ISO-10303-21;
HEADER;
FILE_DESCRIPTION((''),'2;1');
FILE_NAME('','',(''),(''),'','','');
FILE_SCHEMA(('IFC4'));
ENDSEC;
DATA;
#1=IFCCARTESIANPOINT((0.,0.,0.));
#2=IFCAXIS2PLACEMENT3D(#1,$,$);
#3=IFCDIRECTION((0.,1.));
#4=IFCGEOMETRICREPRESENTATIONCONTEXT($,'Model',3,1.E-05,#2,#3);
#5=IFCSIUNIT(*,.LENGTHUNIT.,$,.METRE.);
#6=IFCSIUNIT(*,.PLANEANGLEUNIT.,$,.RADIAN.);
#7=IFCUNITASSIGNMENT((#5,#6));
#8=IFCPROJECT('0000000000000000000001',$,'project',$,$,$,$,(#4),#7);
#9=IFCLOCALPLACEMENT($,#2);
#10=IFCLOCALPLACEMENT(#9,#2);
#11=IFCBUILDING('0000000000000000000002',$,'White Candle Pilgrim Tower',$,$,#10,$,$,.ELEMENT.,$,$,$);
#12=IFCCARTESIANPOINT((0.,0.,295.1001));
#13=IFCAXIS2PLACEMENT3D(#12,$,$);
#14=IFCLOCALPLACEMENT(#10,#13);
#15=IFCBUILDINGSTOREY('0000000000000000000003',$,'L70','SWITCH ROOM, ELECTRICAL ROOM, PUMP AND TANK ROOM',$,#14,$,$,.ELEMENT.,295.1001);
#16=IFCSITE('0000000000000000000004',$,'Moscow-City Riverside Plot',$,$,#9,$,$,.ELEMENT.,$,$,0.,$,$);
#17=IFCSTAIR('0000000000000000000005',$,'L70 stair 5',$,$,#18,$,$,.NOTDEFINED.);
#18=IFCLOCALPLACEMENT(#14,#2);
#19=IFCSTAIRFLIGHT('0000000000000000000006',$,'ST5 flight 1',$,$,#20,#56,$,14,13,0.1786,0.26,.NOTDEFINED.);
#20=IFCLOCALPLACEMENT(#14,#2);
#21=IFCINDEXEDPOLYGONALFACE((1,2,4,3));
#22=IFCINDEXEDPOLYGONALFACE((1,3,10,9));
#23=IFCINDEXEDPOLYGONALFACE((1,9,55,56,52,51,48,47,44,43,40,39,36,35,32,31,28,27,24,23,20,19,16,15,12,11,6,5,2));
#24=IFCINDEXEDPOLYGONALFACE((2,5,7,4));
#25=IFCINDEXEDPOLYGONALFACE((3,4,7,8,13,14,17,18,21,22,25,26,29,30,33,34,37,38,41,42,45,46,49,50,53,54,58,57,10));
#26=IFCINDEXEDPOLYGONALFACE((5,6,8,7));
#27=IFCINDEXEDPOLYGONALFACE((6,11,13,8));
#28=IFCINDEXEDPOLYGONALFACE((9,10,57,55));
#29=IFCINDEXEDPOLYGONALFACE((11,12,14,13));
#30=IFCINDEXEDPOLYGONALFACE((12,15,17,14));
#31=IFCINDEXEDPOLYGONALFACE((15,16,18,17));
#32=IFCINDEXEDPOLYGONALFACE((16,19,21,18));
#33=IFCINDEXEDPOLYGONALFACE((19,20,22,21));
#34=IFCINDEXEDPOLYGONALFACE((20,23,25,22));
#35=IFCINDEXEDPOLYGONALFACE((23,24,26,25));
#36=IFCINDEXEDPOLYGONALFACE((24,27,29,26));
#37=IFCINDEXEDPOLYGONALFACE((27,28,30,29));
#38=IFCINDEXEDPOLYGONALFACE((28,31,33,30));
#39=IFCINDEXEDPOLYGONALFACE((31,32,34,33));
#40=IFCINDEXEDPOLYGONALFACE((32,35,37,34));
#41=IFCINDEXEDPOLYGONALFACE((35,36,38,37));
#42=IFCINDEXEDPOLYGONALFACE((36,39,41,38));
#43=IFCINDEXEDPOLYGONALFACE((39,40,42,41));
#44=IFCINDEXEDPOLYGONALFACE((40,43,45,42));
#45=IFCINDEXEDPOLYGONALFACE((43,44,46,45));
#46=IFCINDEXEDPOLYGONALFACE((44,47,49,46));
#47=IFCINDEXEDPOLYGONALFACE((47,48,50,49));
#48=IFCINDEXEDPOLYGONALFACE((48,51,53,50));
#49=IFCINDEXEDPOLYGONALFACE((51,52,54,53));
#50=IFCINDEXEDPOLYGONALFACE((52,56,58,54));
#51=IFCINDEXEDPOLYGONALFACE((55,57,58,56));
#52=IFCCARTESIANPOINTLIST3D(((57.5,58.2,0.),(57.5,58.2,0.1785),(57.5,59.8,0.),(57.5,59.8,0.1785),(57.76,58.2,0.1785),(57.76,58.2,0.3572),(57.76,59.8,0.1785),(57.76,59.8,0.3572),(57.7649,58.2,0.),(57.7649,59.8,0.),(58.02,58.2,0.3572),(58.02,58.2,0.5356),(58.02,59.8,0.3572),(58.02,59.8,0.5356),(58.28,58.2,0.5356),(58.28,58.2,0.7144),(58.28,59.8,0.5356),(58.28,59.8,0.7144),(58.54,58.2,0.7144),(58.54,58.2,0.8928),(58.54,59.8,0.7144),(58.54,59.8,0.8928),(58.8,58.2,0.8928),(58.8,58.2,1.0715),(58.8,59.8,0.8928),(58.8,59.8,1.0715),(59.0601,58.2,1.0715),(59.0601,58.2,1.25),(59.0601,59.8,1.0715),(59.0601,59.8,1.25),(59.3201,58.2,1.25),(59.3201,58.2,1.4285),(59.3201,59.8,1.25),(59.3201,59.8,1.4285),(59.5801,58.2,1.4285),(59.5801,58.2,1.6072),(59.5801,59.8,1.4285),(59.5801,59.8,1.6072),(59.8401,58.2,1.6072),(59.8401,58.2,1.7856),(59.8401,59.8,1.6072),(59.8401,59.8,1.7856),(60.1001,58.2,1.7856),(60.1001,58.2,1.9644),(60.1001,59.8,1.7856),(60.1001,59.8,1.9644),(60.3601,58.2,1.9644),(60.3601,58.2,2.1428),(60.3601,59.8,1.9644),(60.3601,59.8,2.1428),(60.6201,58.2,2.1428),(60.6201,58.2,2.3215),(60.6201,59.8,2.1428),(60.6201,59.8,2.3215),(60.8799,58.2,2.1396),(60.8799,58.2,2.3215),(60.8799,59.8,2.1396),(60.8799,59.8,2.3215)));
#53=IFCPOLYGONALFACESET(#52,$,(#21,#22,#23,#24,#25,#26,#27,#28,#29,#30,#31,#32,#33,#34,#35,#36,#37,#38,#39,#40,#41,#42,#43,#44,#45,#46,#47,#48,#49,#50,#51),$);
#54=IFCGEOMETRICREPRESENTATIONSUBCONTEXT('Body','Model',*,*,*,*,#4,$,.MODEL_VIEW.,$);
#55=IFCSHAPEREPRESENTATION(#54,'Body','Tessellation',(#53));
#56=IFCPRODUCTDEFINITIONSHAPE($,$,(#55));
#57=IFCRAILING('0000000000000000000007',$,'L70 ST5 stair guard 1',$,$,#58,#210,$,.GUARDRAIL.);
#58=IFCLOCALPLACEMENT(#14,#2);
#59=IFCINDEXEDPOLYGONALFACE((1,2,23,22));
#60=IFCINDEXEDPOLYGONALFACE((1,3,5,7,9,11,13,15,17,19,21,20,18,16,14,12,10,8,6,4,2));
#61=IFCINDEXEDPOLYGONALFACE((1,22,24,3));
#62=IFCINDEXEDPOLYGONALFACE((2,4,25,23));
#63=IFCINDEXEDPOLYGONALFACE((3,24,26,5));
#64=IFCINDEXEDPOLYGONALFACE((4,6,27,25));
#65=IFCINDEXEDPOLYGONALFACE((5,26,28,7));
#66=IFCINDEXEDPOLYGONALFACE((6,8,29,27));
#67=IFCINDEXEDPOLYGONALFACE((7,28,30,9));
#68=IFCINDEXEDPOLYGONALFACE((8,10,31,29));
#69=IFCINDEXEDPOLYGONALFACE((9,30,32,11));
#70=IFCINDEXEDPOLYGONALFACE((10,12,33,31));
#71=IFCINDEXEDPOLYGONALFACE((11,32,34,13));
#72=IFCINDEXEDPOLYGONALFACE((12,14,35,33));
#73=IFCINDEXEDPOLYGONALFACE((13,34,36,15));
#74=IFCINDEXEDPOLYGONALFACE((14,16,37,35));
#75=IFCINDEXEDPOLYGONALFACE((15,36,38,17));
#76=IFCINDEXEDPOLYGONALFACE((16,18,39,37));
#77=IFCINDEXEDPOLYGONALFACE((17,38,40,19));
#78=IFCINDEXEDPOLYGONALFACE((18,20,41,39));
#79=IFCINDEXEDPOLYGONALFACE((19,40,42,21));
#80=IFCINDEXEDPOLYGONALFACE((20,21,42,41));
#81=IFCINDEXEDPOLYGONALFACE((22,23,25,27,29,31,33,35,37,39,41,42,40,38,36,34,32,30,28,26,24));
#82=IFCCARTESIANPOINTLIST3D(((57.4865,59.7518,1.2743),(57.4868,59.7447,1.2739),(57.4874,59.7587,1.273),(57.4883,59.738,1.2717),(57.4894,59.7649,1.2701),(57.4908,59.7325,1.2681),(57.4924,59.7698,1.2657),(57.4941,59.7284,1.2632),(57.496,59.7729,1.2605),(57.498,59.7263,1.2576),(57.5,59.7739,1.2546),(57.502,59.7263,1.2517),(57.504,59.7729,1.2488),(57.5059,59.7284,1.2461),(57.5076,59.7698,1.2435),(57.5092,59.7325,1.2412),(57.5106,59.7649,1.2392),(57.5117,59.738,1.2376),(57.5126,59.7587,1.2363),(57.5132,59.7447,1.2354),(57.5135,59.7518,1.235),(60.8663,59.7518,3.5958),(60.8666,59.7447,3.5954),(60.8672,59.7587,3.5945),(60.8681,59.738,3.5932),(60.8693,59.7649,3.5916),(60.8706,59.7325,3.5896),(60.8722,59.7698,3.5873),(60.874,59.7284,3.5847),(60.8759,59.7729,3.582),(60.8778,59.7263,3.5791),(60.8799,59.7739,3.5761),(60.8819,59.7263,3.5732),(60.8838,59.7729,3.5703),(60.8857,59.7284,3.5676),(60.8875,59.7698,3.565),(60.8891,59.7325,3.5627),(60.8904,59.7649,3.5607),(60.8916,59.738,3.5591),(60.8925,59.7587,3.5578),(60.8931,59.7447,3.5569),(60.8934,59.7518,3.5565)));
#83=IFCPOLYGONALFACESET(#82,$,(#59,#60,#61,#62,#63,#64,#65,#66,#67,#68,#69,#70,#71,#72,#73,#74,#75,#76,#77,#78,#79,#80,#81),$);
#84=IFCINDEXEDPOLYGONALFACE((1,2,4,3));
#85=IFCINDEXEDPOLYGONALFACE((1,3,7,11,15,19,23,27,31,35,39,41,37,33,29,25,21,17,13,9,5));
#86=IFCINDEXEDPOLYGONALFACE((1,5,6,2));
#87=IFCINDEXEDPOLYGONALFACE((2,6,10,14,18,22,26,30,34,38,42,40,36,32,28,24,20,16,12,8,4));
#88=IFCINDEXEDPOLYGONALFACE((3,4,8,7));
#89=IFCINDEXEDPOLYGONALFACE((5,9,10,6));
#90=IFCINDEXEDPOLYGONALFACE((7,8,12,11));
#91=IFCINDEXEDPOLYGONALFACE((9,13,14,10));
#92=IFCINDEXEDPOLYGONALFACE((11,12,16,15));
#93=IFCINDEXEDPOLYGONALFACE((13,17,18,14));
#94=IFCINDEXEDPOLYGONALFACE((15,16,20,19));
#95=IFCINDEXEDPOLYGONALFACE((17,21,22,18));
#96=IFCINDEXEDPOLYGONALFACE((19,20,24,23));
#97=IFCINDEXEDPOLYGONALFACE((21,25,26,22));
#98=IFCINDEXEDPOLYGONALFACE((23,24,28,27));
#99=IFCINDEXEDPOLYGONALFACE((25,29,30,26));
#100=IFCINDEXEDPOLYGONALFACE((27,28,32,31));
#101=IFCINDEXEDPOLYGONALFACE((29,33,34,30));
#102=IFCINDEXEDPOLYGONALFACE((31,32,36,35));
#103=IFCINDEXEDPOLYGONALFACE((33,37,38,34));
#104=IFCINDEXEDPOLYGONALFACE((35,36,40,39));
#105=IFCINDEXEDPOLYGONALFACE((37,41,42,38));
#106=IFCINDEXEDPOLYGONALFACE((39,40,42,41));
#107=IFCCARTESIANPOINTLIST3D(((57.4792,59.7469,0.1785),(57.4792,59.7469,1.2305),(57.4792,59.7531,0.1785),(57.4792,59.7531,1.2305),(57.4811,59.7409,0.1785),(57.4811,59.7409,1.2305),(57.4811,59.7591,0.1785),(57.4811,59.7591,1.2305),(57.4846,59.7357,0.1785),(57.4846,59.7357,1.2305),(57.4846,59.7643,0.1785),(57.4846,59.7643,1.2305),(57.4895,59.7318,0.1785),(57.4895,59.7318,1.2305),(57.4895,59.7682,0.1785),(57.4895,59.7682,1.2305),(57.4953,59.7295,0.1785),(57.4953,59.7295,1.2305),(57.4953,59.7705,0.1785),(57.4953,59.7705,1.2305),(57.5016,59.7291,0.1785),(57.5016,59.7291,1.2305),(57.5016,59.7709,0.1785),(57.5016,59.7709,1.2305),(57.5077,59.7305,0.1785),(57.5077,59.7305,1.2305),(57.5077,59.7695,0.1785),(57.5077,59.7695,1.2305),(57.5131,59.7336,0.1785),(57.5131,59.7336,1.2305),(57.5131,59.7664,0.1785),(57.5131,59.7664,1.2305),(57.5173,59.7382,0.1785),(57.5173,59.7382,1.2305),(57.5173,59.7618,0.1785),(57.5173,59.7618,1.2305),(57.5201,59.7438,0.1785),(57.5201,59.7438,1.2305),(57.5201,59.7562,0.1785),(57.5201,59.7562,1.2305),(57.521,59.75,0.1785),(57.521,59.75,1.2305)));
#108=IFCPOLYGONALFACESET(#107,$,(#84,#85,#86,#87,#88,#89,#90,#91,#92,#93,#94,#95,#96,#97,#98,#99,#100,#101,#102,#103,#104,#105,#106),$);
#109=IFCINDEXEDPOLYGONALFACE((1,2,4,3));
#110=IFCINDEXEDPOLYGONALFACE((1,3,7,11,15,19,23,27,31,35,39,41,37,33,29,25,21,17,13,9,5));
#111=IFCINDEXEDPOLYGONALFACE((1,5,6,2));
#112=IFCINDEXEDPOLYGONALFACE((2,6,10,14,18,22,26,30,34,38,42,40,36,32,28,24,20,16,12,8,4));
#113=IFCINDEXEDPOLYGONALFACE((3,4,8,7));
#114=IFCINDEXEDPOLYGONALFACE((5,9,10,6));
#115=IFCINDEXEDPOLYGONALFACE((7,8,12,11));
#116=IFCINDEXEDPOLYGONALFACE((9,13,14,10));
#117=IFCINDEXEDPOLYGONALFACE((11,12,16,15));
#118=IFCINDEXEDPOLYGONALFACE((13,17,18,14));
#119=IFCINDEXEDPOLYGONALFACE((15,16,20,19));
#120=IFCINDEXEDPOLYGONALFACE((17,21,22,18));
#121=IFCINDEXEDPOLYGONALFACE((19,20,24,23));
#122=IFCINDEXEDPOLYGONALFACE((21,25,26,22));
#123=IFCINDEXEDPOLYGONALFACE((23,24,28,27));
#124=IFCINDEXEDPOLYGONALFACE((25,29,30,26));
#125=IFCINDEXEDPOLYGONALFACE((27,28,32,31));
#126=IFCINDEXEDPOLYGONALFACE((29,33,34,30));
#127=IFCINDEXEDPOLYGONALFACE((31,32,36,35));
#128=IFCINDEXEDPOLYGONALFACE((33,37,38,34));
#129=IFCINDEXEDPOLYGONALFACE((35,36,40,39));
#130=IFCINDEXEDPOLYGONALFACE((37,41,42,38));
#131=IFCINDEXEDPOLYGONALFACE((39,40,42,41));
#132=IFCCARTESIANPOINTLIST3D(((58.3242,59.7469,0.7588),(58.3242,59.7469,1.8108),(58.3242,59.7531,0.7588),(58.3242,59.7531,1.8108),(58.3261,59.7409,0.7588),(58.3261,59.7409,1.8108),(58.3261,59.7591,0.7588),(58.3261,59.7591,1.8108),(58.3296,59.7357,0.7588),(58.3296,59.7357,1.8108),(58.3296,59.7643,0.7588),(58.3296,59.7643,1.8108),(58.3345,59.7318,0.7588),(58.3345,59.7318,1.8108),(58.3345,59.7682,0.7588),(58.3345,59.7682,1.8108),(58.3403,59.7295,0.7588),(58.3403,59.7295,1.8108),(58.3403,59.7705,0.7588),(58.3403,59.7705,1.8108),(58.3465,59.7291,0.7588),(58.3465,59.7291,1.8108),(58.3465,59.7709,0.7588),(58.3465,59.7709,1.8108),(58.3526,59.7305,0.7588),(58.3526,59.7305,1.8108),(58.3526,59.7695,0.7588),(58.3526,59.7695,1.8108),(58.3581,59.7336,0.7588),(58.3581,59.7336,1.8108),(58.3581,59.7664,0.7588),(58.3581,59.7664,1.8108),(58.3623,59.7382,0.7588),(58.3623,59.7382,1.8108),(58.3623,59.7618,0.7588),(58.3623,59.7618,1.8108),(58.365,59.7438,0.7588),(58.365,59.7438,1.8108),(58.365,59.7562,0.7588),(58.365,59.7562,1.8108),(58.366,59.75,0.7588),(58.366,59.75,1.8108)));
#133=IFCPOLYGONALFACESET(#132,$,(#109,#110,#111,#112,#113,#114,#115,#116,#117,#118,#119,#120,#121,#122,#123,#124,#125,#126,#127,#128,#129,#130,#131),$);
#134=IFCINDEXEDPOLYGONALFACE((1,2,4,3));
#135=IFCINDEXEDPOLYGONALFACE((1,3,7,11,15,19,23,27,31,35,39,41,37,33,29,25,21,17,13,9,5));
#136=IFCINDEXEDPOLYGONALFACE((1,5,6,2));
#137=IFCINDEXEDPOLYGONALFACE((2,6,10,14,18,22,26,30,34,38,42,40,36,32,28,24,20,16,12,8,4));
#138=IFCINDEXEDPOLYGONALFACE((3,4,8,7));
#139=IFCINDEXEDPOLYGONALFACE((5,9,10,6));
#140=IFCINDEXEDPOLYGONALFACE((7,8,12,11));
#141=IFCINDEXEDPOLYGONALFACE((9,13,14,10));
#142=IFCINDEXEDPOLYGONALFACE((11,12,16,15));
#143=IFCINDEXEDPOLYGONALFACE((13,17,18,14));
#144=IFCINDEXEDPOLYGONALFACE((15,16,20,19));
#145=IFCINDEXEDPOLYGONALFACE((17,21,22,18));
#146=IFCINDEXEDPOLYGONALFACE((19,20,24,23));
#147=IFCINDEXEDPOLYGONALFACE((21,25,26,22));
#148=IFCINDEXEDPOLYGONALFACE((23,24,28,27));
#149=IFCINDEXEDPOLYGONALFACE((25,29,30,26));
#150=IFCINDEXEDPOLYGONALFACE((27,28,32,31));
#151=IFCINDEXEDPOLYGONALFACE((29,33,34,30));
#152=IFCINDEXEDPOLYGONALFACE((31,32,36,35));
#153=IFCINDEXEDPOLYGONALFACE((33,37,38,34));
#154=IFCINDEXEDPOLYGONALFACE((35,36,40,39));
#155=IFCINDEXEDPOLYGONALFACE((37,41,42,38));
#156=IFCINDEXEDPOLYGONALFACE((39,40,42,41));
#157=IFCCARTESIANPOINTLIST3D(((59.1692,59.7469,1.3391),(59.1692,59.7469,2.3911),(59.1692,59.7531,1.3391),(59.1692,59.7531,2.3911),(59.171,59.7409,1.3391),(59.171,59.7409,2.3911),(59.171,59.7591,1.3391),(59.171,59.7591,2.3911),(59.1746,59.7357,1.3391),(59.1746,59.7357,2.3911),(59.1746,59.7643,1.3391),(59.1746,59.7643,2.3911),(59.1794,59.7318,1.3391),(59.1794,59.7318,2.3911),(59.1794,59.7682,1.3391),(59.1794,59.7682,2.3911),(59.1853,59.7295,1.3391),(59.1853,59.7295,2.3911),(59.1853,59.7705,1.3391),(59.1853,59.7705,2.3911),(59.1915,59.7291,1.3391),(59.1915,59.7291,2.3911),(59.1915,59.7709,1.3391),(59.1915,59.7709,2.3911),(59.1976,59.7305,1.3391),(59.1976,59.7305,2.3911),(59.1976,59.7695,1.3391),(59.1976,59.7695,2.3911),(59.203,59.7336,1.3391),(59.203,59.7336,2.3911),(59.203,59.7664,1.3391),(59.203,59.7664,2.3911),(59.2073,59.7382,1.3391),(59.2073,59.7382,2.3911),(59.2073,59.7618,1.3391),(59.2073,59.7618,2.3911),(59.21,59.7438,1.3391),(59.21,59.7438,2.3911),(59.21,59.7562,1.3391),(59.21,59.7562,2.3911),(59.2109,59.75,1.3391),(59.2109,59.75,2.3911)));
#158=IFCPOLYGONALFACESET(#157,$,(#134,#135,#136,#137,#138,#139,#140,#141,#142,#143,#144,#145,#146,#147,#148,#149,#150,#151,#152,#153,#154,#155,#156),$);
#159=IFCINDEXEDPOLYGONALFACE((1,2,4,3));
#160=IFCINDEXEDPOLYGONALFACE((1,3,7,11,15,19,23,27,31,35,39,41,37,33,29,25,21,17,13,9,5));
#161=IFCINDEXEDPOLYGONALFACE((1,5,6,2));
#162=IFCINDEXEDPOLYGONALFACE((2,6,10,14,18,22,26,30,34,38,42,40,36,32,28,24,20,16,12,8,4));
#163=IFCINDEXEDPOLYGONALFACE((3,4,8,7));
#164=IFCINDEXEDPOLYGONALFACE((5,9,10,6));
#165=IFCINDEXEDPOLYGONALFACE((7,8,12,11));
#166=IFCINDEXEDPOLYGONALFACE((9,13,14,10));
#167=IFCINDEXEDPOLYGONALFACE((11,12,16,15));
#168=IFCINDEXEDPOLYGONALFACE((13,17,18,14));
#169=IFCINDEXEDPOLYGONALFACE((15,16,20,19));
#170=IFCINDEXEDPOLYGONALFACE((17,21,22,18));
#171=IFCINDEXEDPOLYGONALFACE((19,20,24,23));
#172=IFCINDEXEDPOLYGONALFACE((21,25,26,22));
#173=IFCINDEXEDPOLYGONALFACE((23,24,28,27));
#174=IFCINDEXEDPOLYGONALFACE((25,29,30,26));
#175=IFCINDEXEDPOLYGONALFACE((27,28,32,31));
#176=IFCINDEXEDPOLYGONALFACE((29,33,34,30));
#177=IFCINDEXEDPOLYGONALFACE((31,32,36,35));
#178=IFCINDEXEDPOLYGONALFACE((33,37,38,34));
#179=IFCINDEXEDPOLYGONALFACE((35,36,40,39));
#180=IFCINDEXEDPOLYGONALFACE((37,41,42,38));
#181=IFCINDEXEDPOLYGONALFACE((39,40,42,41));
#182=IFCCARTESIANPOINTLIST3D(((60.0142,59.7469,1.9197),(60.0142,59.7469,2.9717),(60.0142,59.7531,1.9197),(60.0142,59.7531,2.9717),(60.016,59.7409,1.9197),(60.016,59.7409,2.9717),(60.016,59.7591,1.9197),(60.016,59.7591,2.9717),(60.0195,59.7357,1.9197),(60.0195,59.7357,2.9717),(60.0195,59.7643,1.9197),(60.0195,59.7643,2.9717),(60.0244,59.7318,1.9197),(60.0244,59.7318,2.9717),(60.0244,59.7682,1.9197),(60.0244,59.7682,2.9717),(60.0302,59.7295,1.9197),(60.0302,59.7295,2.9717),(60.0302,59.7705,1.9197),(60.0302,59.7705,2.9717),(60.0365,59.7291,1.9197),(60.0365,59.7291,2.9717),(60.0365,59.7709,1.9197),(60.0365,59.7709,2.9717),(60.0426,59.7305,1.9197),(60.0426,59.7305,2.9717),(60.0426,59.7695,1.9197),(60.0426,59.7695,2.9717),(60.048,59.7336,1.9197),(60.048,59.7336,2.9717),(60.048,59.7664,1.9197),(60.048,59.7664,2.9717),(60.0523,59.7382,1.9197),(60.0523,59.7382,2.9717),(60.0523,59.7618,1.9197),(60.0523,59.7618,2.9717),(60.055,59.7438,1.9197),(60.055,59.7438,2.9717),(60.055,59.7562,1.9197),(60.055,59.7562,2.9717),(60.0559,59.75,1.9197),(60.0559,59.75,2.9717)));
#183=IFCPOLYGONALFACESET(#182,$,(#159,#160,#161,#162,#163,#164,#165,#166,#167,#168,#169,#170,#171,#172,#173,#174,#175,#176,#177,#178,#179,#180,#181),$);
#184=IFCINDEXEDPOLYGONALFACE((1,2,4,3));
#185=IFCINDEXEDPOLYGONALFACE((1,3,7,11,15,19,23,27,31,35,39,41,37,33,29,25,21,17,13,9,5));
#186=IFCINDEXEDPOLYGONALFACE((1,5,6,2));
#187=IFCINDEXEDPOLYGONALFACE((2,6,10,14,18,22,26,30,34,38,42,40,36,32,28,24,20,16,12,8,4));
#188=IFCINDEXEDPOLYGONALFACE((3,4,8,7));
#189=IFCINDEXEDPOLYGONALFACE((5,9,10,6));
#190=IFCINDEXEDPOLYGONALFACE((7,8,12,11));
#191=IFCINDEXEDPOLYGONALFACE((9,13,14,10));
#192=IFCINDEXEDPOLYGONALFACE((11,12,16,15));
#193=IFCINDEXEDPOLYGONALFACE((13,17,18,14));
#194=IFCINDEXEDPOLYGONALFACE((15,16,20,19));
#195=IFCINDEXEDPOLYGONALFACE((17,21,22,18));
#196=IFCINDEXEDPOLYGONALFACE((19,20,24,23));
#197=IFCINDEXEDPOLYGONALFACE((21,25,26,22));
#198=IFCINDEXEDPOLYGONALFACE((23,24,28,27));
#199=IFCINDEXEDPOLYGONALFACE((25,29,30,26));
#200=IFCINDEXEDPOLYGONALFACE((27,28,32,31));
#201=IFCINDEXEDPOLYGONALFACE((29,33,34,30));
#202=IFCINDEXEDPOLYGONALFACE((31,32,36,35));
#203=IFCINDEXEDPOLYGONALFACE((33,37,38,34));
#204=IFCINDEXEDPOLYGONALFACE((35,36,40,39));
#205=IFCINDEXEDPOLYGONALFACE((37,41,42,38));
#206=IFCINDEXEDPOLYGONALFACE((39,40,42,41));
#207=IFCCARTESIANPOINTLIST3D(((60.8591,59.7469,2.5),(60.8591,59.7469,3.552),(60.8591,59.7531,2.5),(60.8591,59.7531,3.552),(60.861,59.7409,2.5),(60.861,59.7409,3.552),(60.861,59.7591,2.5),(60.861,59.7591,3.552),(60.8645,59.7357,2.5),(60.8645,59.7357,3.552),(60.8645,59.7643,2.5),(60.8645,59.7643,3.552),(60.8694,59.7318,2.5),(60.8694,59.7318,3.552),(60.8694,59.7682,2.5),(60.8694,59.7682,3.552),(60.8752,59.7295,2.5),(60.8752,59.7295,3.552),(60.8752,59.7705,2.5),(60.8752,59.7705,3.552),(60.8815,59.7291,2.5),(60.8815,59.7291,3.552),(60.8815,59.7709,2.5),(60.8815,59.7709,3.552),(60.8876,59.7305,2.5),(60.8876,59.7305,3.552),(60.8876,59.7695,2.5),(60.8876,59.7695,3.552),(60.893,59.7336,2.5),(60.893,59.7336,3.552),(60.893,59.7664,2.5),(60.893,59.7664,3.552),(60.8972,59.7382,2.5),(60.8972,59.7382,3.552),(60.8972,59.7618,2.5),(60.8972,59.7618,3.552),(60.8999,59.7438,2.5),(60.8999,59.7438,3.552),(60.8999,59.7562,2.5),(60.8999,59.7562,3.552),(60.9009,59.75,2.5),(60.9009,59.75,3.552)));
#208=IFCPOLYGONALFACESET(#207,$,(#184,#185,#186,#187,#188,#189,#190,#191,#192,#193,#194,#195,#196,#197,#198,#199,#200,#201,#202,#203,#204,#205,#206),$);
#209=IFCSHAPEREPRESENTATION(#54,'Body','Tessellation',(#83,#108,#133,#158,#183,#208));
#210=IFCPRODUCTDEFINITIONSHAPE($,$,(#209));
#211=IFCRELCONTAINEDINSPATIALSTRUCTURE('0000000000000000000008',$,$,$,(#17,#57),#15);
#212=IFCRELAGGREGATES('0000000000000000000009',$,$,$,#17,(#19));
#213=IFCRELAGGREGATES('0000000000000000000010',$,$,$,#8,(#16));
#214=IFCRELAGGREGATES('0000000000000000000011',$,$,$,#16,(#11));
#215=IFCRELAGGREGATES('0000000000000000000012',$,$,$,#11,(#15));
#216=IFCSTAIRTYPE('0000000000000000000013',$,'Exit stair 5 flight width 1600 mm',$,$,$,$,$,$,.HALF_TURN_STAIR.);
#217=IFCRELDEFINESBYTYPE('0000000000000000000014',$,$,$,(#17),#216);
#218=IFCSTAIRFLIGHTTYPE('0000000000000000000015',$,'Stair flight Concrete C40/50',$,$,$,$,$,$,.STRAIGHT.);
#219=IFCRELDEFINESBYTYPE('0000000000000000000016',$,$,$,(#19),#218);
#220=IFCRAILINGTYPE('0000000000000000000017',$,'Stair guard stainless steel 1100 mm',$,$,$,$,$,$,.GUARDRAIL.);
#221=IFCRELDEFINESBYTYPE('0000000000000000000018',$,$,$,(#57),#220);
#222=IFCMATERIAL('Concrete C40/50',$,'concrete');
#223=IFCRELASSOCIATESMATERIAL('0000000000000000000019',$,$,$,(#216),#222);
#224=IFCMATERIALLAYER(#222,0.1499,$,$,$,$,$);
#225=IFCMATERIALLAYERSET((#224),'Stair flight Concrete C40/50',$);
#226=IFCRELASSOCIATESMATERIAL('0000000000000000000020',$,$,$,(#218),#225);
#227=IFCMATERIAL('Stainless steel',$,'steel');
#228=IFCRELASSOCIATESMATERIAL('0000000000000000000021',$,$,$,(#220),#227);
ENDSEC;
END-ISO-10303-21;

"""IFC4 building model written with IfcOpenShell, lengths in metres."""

from ifc_helpers import new_model, si_unit, direction, frame, origin, origin_2d, place, context, subcontext, project, spatial, polyline, circle, outline, extrude, material, layer, layer_set, type_object, element, aggregate, save


model = new_model("IFC4")

# Units and contexts
model_context = context("Model", 3, precision=1e-05, world=origin(), true_north=direction((0.0, 1.0)))
body_context = subcontext(model_context, "Body", "Model", "MODEL_VIEW")
ifc_project = project(units=[si_unit("LENGTHUNIT", "METRE"), si_unit("PLANEANGLEUNIT", "RADIAN")], contexts=[model_context])

# Site, building, storey
site_placement = place(None, origin())
site = spatial("IfcSite", under=ifc_project, at=site_placement, Name="Moscow-City Riverside Plot", CompositionType="ELEMENT", RefElevation=0.0)
building_placement = place(site_placement, origin())
building = spatial("IfcBuilding", under=site, at=building_placement, Name="White Candle Pilgrim Tower", CompositionType="ELEMENT")
storey_placement = place(building_placement, frame((0.0, 0.0, 295.1001)))
storey = spatial("IfcBuildingStorey", under=building, at=storey_placement, Name="L70", Description="SWITCH ROOM, ELECTRICAL ROOM, PUMP AND TANK ROOM", CompositionType="ELEMENT", Elevation=295.1001)

# Stair, stair flight
ifc_material_1 = material(Name="Concrete C40/50", Category="concrete")
stair_type = type_object("IfcStairType", Name="Exit stair 5 flight width 1600 mm", PredefinedType="HALF_TURN_STAIR", material=ifc_material_1)
stair_placement = place(storey_placement, origin())
stair = element("IfcStair", 1, at=stair_placement, inside=storey, type_object=stair_type, Name="L70 stair 5", PredefinedType="NOTDEFINED")
ifc_layer_1 = layer(ifc_material_1, 0.1499)
ifc_layer_set_1 = layer_set([ifc_layer_1], Name="Stair flight Concrete C40/50")
stair_flight_type = type_object("IfcStairFlightType", Name="Stair flight Concrete C40/50", PredefinedType="STRAIGHT", material=ifc_layer_set_1)
stair_flight_placement = place(storey_placement, frame((57.5, 59.0, 0.0), z_axis=(0.0, 0.0, 1.0), x_axis=(1.0, 0.0, 0.0)))
stair_flight = element("IfcStairFlight", 2, at=stair_flight_placement, type_object=stair_flight_type, Name="ST5 flight 1", NumberOfRisers=14, NumberOfTreads=13, PredefinedType="NOTDEFINED", RiserHeight=0.1786, TreadLength=0.26, context=body_context, shape_type="SweptSolid", body=[
    extrude(outline(polyline([(0.0, 0.0), (0.0, 0.1785), (0.26, 0.1785), (0.26, 0.3572), (0.52, 0.3572), (0.52, 0.5356), (0.78, 0.5356), (0.78, 0.7144), (1.04, 0.7144), (1.04, 0.8928), (1.3, 0.8928), (1.3, 1.0715), (1.5601, 1.0715), (1.5601, 1.25), (1.8201, 1.25), (1.8201, 1.4285), (2.0801, 1.4285), (2.0801, 1.6072), (2.3401, 1.6072), (2.3401, 1.7856), (2.6001, 1.7856), (2.6001, 1.9644), (2.8601, 1.9644), (2.8601, 2.1428), (3.1201, 2.1428), (3.1201, 2.3215), (3.3799, 2.3215), (3.3799, 2.5), (3.3799, 2.1396), (0.2649, 0.0), (0.0, 0.0)])), frame((0.0, 0.8, 0.0), z_axis=(0.0, -1.0, 0.0), x_axis=(1.0, 0.0, 0.0)), (0.0, 0.0, 1.0), 1.6001),
])
aggregate(stair, [stair_flight])

# Railing
ifc_material_2 = material(Name="Stainless steel", Category="steel")
railing_type_1 = type_object("IfcRailingType", Name="Stair guard stainless steel 1100 mm", PredefinedType="GUARDRAIL", material=ifc_material_2)
railing_1_placement = place(storey_placement, frame((57.5, 59.75, 0.1785)))
element("IfcRailing", 3, at=railing_1_placement, inside=storey, type_object=railing_type_1, Name="L70 ST5 stair guard 1", PredefinedType="GUARDRAIL", context=body_context, shape_type="SweptSolid", body=[
    extrude(circle(Radius=0.0239, at=origin_2d()), frame((0.0, 0.0, 1.0762), z_axis=(0.824285, 0.0, 0.566175), x_axis=(0.0, 1.0, 0.0)), (0.0, 0.0, 1.0), 4.1003),
    extrude(circle(Radius=0.021, at=origin_2d()), origin(), (0.0, 0.0, 1.0), 1.052),
    extrude(circle(Radius=0.021, at=origin_2d()), frame((0.845, 0.0, 0.5803)), (0.0, 0.0, 1.0), 1.052),
    extrude(circle(Radius=0.021, at=origin_2d()), frame((1.6899, 0.0, 1.1606)), (0.0, 0.0, 1.0), 1.052),
    extrude(circle(Radius=0.021, at=origin_2d()), frame((2.5349, 0.0, 1.7412)), (0.0, 0.0, 1.0), 1.052),
    extrude(circle(Radius=0.021, at=origin_2d()), frame((3.3799, 0.0, 2.3215)), (0.0, 0.0, 1.0), 1.052),
])

save(model, "model.ifc")
